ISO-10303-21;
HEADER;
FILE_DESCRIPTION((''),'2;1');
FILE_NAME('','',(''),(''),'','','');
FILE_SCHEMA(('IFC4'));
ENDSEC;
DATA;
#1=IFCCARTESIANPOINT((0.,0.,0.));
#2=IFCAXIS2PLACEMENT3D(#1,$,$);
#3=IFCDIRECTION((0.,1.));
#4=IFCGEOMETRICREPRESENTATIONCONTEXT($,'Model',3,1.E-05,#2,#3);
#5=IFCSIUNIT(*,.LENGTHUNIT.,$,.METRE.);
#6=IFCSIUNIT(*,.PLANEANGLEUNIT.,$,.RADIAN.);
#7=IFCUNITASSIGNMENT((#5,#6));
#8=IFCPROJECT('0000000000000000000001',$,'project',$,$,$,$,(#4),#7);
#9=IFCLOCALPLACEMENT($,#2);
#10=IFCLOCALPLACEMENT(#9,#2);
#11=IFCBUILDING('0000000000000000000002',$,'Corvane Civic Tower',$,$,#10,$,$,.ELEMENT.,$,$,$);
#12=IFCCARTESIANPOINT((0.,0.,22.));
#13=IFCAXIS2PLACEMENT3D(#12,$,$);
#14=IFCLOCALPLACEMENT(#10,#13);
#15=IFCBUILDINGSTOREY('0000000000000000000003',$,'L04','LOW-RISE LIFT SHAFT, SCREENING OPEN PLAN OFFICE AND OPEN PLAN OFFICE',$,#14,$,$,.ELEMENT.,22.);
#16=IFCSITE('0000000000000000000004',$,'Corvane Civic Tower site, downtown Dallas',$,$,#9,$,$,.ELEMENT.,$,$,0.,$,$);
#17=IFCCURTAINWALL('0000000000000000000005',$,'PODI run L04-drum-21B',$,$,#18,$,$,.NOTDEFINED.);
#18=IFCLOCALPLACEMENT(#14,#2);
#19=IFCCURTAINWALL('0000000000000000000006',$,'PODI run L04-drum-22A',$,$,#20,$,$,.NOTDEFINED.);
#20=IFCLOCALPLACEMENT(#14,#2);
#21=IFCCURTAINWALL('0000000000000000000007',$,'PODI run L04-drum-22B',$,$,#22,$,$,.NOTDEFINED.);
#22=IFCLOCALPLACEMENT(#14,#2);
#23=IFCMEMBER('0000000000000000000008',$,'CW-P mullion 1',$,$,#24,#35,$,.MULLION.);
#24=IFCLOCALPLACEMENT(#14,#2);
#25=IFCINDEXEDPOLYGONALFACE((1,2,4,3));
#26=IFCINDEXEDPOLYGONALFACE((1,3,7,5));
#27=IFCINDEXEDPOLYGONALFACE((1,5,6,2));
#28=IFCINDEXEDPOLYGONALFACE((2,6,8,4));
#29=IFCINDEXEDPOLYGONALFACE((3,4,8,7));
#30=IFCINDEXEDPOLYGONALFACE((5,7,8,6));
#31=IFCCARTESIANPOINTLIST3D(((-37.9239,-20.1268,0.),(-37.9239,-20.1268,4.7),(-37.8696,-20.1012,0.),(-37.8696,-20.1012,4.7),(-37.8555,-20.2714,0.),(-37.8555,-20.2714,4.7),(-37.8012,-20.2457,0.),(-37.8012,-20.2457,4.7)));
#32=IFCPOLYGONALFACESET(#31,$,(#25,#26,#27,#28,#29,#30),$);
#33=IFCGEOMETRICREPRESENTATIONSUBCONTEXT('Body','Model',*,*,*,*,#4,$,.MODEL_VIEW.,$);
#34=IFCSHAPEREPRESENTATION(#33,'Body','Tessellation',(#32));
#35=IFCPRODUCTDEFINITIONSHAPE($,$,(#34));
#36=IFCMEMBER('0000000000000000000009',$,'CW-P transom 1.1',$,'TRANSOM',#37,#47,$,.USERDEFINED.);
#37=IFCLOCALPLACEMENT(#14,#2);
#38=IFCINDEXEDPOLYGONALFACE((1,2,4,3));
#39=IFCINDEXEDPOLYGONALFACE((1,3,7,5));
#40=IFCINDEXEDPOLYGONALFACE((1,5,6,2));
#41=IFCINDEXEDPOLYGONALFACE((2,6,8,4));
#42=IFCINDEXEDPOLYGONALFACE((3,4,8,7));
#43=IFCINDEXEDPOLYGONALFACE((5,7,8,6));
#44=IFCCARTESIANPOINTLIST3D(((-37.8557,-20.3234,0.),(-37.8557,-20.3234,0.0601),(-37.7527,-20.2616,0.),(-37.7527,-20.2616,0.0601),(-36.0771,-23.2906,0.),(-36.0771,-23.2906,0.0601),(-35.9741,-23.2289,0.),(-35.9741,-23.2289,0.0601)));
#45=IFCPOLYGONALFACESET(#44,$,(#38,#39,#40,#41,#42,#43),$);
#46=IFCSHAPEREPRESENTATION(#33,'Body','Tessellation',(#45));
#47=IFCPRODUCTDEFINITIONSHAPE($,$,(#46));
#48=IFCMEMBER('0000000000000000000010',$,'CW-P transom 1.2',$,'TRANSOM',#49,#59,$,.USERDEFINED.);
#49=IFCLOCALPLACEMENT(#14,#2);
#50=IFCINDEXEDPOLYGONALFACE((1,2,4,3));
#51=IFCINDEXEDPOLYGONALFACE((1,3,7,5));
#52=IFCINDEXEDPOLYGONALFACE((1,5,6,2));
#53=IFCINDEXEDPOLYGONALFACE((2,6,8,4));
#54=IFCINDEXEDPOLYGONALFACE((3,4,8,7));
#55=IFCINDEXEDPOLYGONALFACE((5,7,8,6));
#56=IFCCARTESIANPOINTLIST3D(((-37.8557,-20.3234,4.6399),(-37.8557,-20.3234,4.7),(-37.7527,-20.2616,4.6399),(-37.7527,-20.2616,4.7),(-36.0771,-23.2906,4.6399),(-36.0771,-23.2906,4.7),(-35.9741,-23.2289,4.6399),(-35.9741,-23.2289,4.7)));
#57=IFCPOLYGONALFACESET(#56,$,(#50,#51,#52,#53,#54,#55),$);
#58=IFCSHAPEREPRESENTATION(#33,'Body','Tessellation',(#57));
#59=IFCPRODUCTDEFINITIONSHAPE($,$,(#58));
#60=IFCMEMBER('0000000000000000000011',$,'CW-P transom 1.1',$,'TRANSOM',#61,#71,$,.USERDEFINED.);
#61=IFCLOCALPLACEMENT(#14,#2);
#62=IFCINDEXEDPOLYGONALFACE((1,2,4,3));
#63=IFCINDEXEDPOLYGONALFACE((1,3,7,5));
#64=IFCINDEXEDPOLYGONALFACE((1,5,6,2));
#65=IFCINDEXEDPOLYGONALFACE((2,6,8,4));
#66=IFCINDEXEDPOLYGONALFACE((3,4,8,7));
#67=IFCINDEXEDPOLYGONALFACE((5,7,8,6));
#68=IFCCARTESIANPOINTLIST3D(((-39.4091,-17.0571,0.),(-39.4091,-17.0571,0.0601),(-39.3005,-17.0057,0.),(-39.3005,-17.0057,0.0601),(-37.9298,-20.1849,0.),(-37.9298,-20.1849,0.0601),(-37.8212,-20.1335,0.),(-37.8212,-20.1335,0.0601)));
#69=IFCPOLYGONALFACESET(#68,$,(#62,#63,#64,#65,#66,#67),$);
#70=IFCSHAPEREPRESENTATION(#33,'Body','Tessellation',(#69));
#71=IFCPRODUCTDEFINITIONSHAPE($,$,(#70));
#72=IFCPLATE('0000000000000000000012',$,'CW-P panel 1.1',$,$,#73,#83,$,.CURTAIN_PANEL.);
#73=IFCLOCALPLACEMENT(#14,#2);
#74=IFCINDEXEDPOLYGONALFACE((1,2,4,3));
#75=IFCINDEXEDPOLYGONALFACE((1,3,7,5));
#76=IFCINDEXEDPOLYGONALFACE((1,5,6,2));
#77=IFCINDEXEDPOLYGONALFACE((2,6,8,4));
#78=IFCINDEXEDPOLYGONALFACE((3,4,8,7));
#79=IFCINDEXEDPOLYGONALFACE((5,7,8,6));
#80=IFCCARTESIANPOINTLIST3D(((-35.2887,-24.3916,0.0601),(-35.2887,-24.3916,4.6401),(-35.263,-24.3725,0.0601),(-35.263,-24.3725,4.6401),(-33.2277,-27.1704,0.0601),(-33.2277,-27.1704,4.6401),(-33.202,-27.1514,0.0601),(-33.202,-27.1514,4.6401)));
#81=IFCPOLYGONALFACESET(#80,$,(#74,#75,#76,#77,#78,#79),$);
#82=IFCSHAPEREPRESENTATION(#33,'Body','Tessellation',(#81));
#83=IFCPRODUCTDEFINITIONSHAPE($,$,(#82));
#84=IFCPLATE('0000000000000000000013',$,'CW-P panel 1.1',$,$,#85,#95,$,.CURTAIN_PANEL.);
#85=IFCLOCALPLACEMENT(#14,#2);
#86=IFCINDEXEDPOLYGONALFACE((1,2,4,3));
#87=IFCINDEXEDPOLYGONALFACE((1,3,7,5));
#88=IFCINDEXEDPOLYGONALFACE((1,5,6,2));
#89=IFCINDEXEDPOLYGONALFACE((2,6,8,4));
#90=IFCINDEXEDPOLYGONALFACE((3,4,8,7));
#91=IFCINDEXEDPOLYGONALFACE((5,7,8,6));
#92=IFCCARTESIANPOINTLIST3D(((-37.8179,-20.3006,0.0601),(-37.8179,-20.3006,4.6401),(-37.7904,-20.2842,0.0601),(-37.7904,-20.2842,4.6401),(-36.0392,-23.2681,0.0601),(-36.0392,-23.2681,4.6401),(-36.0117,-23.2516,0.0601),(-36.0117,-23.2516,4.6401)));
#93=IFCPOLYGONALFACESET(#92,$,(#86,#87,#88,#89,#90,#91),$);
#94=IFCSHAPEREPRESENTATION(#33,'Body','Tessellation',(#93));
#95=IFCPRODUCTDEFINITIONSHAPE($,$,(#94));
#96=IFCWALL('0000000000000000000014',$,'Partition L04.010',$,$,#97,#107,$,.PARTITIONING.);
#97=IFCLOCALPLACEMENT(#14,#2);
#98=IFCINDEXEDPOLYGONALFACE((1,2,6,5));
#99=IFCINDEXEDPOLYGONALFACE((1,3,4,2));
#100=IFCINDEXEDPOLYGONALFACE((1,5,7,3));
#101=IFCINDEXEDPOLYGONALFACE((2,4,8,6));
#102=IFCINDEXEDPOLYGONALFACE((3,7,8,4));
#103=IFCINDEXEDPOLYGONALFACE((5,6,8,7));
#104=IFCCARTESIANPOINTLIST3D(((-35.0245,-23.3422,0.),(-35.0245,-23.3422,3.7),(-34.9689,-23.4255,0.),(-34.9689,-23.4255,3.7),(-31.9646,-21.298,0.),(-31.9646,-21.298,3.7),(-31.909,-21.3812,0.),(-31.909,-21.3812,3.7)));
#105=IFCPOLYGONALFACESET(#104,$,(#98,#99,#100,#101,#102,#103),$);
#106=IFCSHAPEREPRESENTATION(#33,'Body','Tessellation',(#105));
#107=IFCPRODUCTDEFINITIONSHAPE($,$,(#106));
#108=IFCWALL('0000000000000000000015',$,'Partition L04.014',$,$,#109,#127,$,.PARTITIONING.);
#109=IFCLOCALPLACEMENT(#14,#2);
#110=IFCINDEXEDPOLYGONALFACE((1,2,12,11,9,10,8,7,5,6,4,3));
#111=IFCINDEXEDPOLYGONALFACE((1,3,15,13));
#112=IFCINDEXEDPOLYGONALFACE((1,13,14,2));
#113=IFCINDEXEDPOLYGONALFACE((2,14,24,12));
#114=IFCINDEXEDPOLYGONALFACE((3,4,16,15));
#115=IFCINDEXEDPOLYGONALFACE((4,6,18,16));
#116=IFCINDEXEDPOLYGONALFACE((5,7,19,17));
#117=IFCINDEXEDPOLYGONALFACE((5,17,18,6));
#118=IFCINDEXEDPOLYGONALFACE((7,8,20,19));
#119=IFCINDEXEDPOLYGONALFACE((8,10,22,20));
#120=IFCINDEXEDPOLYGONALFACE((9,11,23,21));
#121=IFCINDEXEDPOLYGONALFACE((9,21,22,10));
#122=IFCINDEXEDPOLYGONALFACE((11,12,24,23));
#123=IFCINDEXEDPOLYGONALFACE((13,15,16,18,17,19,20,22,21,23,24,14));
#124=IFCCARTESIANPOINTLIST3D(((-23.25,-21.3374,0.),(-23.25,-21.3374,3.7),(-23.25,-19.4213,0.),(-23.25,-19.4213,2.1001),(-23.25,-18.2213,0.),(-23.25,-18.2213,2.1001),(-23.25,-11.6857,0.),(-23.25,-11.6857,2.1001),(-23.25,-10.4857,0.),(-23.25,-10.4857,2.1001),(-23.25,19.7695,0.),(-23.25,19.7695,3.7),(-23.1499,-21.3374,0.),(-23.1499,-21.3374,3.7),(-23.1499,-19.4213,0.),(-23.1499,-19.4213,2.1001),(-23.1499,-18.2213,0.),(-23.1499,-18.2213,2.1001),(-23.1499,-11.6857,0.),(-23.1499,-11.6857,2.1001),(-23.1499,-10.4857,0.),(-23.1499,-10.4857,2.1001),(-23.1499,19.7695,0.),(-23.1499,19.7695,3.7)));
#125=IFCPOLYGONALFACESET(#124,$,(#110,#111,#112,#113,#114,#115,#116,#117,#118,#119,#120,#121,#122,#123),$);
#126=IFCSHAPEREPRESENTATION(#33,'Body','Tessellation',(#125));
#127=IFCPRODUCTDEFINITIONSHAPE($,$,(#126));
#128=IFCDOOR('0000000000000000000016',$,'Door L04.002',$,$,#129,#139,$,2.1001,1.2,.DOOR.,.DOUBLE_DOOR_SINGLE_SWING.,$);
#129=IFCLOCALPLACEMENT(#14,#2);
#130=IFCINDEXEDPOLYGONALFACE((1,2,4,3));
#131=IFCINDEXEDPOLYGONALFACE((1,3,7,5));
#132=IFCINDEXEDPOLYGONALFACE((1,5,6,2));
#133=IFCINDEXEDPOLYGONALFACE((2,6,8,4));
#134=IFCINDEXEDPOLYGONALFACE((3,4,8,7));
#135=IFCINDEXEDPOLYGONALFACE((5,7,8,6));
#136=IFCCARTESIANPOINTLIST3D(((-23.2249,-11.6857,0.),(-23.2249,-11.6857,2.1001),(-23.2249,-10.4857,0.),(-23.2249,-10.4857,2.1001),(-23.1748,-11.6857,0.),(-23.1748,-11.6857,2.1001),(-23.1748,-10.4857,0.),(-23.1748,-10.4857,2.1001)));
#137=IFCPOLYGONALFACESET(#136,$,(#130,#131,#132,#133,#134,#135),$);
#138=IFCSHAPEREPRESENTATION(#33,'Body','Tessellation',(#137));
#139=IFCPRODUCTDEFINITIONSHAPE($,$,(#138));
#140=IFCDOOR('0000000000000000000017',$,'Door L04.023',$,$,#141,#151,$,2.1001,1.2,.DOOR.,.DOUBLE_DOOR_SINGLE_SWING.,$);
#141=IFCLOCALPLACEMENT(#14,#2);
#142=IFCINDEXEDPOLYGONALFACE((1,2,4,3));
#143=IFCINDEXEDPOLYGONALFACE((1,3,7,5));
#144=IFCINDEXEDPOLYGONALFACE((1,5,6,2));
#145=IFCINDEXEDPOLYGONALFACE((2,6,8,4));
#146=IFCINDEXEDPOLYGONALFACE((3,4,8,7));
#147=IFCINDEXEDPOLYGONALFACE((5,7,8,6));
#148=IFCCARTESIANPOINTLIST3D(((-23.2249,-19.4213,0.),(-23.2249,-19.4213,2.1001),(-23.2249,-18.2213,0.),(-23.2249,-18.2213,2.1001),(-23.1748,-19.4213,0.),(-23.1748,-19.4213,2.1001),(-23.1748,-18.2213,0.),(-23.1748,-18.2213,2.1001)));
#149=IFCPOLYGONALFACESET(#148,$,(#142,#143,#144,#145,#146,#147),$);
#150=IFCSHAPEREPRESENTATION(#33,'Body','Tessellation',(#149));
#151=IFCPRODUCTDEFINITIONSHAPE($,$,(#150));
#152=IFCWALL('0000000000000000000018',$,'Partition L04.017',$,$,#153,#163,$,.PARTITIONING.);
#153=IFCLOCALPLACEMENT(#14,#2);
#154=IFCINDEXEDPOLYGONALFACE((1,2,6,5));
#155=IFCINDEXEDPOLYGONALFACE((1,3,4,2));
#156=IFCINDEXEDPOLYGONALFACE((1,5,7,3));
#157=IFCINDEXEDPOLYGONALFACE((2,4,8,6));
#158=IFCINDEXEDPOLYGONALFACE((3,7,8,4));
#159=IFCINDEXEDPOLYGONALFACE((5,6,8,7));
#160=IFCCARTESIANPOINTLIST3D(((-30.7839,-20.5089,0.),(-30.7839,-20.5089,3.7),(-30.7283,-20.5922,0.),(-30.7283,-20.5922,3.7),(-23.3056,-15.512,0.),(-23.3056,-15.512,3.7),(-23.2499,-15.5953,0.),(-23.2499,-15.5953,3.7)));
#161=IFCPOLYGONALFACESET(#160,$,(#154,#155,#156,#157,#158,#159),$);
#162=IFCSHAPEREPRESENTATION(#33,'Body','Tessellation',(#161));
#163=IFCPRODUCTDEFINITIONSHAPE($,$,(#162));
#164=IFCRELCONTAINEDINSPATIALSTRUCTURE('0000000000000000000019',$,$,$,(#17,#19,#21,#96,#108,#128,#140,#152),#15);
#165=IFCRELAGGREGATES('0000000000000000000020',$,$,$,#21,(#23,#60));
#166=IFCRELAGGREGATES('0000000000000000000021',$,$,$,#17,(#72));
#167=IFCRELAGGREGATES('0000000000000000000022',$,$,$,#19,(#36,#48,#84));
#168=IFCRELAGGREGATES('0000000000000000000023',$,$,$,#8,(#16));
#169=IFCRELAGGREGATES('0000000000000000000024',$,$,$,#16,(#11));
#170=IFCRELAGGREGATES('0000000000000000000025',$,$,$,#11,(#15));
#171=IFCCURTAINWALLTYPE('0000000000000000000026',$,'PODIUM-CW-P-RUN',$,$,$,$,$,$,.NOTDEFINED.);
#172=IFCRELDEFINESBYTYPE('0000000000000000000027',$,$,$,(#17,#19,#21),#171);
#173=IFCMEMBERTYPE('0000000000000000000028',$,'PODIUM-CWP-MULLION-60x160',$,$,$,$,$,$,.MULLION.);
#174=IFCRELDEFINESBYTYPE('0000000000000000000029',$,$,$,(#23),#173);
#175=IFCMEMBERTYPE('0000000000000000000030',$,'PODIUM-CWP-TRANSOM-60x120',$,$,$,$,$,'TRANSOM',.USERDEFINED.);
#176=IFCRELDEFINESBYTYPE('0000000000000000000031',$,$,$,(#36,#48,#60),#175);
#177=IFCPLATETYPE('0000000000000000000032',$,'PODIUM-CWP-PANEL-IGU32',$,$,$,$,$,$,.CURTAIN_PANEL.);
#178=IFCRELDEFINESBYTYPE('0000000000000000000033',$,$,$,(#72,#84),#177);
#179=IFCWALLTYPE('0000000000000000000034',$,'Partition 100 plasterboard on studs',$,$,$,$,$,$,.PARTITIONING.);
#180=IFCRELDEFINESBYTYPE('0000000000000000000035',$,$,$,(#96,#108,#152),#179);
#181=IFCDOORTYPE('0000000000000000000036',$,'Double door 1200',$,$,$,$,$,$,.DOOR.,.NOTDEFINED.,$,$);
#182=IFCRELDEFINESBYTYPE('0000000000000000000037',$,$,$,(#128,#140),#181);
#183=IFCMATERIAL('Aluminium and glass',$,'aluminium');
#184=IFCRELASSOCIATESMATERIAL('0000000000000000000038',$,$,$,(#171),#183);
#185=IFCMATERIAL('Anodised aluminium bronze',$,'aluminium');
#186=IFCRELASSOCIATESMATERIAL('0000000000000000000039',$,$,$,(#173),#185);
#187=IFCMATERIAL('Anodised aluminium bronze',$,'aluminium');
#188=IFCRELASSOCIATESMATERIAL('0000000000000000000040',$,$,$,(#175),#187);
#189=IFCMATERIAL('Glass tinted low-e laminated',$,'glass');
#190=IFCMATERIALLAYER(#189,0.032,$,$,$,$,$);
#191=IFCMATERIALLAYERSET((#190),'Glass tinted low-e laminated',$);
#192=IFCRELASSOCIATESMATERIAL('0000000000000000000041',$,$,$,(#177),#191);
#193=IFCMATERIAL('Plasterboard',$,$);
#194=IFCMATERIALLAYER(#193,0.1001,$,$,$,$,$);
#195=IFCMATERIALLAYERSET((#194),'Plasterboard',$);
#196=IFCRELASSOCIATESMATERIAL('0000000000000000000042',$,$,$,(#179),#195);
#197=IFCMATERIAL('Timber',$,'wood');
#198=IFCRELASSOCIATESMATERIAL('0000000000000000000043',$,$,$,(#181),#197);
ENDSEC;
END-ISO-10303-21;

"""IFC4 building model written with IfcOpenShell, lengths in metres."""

from ifc_helpers import new_model, si_unit, direction, frame, frame_2d, origin, origin_2d, place, context, subcontext, project, spatial, rectangle, extrude, material, layer, layer_set, material_profile, profile_set, type_object, element, fill, aggregate, save


model = new_model("IFC4")

# Units and contexts
model_context = context("Model", 3, precision=1e-05, world=origin(), true_north=direction((0.0, 1.0)))
body_context = subcontext(model_context, "Body", "Model", "MODEL_VIEW")
ifc_project = project(units=[si_unit("LENGTHUNIT", "METRE"), si_unit("PLANEANGLEUNIT", "RADIAN")], contexts=[model_context])

# Site, building, storey
site_placement = place(None, origin())
site = spatial("IfcSite", under=ifc_project, at=site_placement, Name="Corvane Civic Tower site, downtown Dallas", CompositionType="ELEMENT", RefElevation=0.0)
building_placement = place(site_placement, origin())
building = spatial("IfcBuilding", under=site, at=building_placement, Name="Corvane Civic Tower", CompositionType="ELEMENT")
storey_placement = place(building_placement, frame((0.0, 0.0, 22.0)))
storey = spatial("IfcBuildingStorey", under=building, at=storey_placement, Name="L04", Description="LOW-RISE LIFT SHAFT, SCREENING OPEN PLAN OFFICE AND OPEN PLAN OFFICE", CompositionType="ELEMENT", Elevation=22.0)

# Curtain wall
ifc_material_1 = material(Name="Aluminium and glass", Category="aluminium")
curtain_wall_type = type_object("IfcCurtainWallType", Name="PODIUM-CW-P-RUN", PredefinedType="NOTDEFINED", material=ifc_material_1)
curtain_wall_1_placement = place(storey_placement, origin())
curtain_wall_1 = element("IfcCurtainWall", 1, at=curtain_wall_1_placement, inside=storey, type_object=curtain_wall_type, Name="PODI run L04-drum-21B", PredefinedType="NOTDEFINED")
ifc_material_2 = material(Name="Anodised aluminium bronze", Category="aluminium")
ifc_material_profile_1 = material_profile(ifc_material_2, rectangle(XDim=0.0601, YDim=0.1599, at=origin_2d()), Name="AL 60x160")
ifc_profile_set_1 = profile_set([ifc_material_profile_1], Name="Anodised aluminium bronze")
member_type_1 = type_object("IfcMemberType", Name="PODIUM-CWP-MULLION-60x160", PredefinedType="MULLION", material=ifc_profile_set_1)

# Curtain wall
curtain_wall_2_placement = place(storey_placement, origin())
curtain_wall_2 = element("IfcCurtainWall", 2, at=curtain_wall_2_placement, inside=storey, type_object=curtain_wall_type, Name="PODI run L04-drum-22A", PredefinedType="NOTDEFINED")

# Curtain wall, member
curtain_wall_3_placement = place(storey_placement, origin())
curtain_wall_3 = element("IfcCurtainWall", 3, at=curtain_wall_3_placement, inside=storey, type_object=curtain_wall_type, Name="PODI run L04-drum-22B", PredefinedType="NOTDEFINED")
member_1_placement = place(storey_placement, frame((-37.8625, -20.1863, 0.0), z_axis=(0.0, 0.0, 1.0), x_axis=(-0.90399, -0.427553, 0.0)))
member_1 = element("IfcMember", 4, at=member_1_placement, type_object=member_type_1, Name="CW-P mullion 1", PredefinedType="MULLION", context=body_context, shape_type="SweptSolid", body=[
    extrude(rectangle(XDim=0.0601, YDim=0.1599, at=origin_2d()), origin(), (0.0, 0.0, 1.0), 4.7),
])

# Members
ifc_material_3 = material(Name="Anodised aluminium bronze", Category="aluminium")
ifc_material_profile_2 = material_profile(ifc_material_3, rectangle(XDim=0.1201, YDim=0.0601, at=origin_2d()), Name="AL 120x60")
ifc_profile_set_2 = profile_set([ifc_material_profile_2], Name="Anodised aluminium bronze")
member_type_2 = type_object("IfcMemberType", Name="PODIUM-CWP-TRANSOM-60x120", ElementType="TRANSOM", PredefinedType="USERDEFINED", material=ifc_profile_set_2)
member_2_placement = place(storey_placement, frame((-36.0256, -23.2598, 0.03), z_axis=(-0.514112, 0.857723, 0.0), x_axis=(-0.857723, -0.514112, 0.0)))
member_2 = element("IfcMember", 5, at=member_2_placement, type_object=member_type_2, Name="CW-P transom 1.1", ObjectType="TRANSOM", PredefinedType="USERDEFINED", context=body_context, shape_type="SweptSolid", body=[
    extrude(rectangle(XDim=0.1201, YDim=0.0601, at=origin_2d()), origin(), (0.0, 0.0, 1.0), 3.4595),
])
member_3_placement = place(storey_placement, frame((-36.0256, -23.2598, 4.6699), z_axis=(-0.514112, 0.857723, 0.0), x_axis=(-0.857723, -0.514112, 0.0)))
member_3 = element("IfcMember", 6, at=member_3_placement, type_object=member_type_2, Name="CW-P transom 1.2", ObjectType="TRANSOM", PredefinedType="USERDEFINED", context=body_context, shape_type="SweptSolid", body=[
    extrude(rectangle(XDim=0.1201, YDim=0.0601, at=origin_2d()), origin(), (0.0, 0.0, 1.0), 3.4595),
])
member_4_placement = place(storey_placement, frame((-37.8755, -20.1592, 0.03), z_axis=(-0.427546, 0.903993, 0.0), x_axis=(-0.903993, -0.427546, 0.0)))
member_4 = element("IfcMember", 7, at=member_4_placement, type_object=member_type_2, Name="CW-P transom 1.1", ObjectType="TRANSOM", PredefinedType="USERDEFINED", context=body_context, shape_type="SweptSolid", body=[
    extrude(rectangle(XDim=0.1201, YDim=0.0601, at=origin_2d()), origin(), (0.0, 0.0, 1.0), 3.46),
])
aggregate(curtain_wall_3, [member_1, member_4])

# Plates
ifc_material_4 = material(Name="Glass tinted low-e laminated", Category="glass")
ifc_layer_1 = layer(ifc_material_4, 0.032)
ifc_layer_set_1 = layer_set([ifc_layer_1], Name="Glass tinted low-e laminated")
plate_type = type_object("IfcPlateType", Name="PODIUM-CWP-PANEL-IGU32", PredefinedType="CURTAIN_PANEL", material=ifc_layer_set_1)
plate_1_placement = place(storey_placement, frame((-34.2454, -25.7715, 0.0601), z_axis=(0.0, 0.0, 1.0), x_axis=(-0.595705, 0.803203, 0.0)))
plate_1 = element("IfcPlate", 8, at=plate_1_placement, type_object=plate_type, Name="CW-P panel 1.1", PredefinedType="CURTAIN_PANEL", context=body_context, shape_type="SweptSolid", body=[
    extrude(rectangle(XDim=3.4597, YDim=0.032, at=origin_2d()), origin(), (0.0, 0.0, 1.0), 4.5801),
])
aggregate(curtain_wall_1, [plate_1])
plate_2_placement = place(storey_placement, frame((-36.9148, -21.7761, 0.0601), z_axis=(0.0, 0.0, 1.0), x_axis=(-0.514118, 0.85772, 0.0)))
plate_2 = element("IfcPlate", 9, at=plate_2_placement, type_object=plate_type, Name="CW-P panel 1.1", PredefinedType="CURTAIN_PANEL", context=body_context, shape_type="SweptSolid", body=[
    extrude(rectangle(XDim=3.4597, YDim=0.032, at=origin_2d()), origin(), (0.0, 0.0, 1.0), 4.5801),
])
aggregate(curtain_wall_2, [member_2, member_3, plate_2])

# Wall
ifc_material_5 = material(Name="Plasterboard")
ifc_layer_2 = layer(ifc_material_5, 0.1001)
ifc_layer_set_2 = layer_set([ifc_layer_2], Name="Plasterboard")
wall_type = type_object("IfcWallType", Name="Partition 100 plasterboard on studs", PredefinedType="PARTITIONING", material=ifc_layer_set_2)
wall_1_placement = place(storey_placement, frame((-34.9966, -23.3838, 0.0), z_axis=(0.0, 0.0, 1.0), x_axis=(0.831509, 0.555511, 0.0)))
element("IfcWall", 10, at=wall_1_placement, inside=storey, type_object=wall_type, Name="Partition L04.010", PredefinedType="PARTITIONING", context=body_context, shape_type="SweptSolid", body=[
    extrude(rectangle(XDim=3.6799, YDim=0.1001, at=frame_2d((1.8398, 0.0))), origin(), (0.0, 0.0, 1.0), 3.7),
])

# Wall, openings, doors
wall_2_placement = place(storey_placement, frame((-23.2, -21.3374, 0.0), z_axis=(0.0, 0.0, 1.0), x_axis=(0.0, 1.0, 0.0)))
wall_2 = element("IfcWall", 11, at=wall_2_placement, inside=storey, type_object=wall_type, Name="Partition L04.014", PredefinedType="PARTITIONING", context=body_context, shape_type="SweptSolid", body=[
    extrude(rectangle(XDim=41.1069, YDim=0.1001, at=frame_2d((20.5535, 0.0))), origin(), (0.0, 0.0, 1.0), 3.7),
])
opening_1_placement = place(wall_2_placement, frame((9.6516, 0.0, 0.0)))
opening_1 = element("IfcOpeningElement", 12, at=opening_1_placement, cuts=wall_2, PredefinedType="OPENING", context=body_context, shape_type="SweptSolid", body=[
    extrude(rectangle(XDim=1.2, YDim=2.1001, at=frame_2d((0.6001, 1.05))), frame((0.0, 0.0601, 0.0), z_axis=(0.0, -1.0, 0.0), x_axis=(1.0, 0.0, 0.0)), (0.0, 0.0, 1.0), 0.1201),
])
opening_2_placement = place(wall_2_placement, frame((1.916, 0.0, 0.0)))
opening_2 = element("IfcOpeningElement", 13, at=opening_2_placement, cuts=wall_2, PredefinedType="OPENING", context=body_context, shape_type="SweptSolid", body=[
    extrude(rectangle(XDim=1.2, YDim=2.1001, at=frame_2d((0.6001, 1.05))), frame((0.0, 0.0601, 0.0), z_axis=(0.0, -1.0, 0.0), x_axis=(1.0, 0.0, 0.0)), (0.0, 0.0, 1.0), 0.1201),
])
ifc_material_6 = material(Name="Timber", Category="wood")
door_type = type_object("IfcDoorType", Name="Double door 1200", OperationType="NOTDEFINED", PredefinedType="DOOR", material=ifc_material_6)
door_1_placement = place(opening_1_placement, origin())
door_1 = element("IfcDoor", 14, at=door_1_placement, inside=storey, type_object=door_type, Name="Door L04.002", OperationType="DOUBLE_DOOR_SINGLE_SWING", OverallHeight=2.1001, OverallWidth=1.2, PredefinedType="DOOR", context=body_context, shape_type="SweptSolid", body=[
    extrude(rectangle(XDim=1.2, YDim=2.1001, at=frame_2d((0.6001, 1.05))), frame((0.0, 0.0249, 0.0), z_axis=(0.0, -1.0, 0.0), x_axis=(1.0, 0.0, 0.0)), (0.0, 0.0, 1.0), 0.05),
])
fill(opening_1, door_1)
door_2_placement = place(opening_2_placement, origin())
door_2 = element("IfcDoor", 15, at=door_2_placement, inside=storey, type_object=door_type, Name="Door L04.023", OperationType="DOUBLE_DOOR_SINGLE_SWING", OverallHeight=2.1001, OverallWidth=1.2, PredefinedType="DOOR", context=body_context, shape_type="SweptSolid", body=[
    extrude(rectangle(XDim=1.2, YDim=2.1001, at=frame_2d((0.6001, 1.05))), frame((0.0, 0.0249, 0.0), z_axis=(0.0, -1.0, 0.0), x_axis=(1.0, 0.0, 0.0)), (0.0, 0.0, 1.0), 0.05),
])
fill(opening_2, door_2)

# Wall
wall_3_placement = place(storey_placement, frame((-30.7561, -20.5505, 0.0), z_axis=(0.0, 0.0, 1.0), x_axis=(0.831469, 0.555571, 0.0)))
element("IfcWall", 16, at=wall_3_placement, inside=storey, type_object=wall_type, Name="Partition L04.017", PredefinedType="PARTITIONING", context=body_context, shape_type="SweptSolid", body=[
    extrude(rectangle(XDim=8.9941, YDim=0.1001, at=frame_2d((4.4971, 0.0))), origin(), (0.0, 0.0, 1.0), 3.7),
])

save(model, "model.ifc")
